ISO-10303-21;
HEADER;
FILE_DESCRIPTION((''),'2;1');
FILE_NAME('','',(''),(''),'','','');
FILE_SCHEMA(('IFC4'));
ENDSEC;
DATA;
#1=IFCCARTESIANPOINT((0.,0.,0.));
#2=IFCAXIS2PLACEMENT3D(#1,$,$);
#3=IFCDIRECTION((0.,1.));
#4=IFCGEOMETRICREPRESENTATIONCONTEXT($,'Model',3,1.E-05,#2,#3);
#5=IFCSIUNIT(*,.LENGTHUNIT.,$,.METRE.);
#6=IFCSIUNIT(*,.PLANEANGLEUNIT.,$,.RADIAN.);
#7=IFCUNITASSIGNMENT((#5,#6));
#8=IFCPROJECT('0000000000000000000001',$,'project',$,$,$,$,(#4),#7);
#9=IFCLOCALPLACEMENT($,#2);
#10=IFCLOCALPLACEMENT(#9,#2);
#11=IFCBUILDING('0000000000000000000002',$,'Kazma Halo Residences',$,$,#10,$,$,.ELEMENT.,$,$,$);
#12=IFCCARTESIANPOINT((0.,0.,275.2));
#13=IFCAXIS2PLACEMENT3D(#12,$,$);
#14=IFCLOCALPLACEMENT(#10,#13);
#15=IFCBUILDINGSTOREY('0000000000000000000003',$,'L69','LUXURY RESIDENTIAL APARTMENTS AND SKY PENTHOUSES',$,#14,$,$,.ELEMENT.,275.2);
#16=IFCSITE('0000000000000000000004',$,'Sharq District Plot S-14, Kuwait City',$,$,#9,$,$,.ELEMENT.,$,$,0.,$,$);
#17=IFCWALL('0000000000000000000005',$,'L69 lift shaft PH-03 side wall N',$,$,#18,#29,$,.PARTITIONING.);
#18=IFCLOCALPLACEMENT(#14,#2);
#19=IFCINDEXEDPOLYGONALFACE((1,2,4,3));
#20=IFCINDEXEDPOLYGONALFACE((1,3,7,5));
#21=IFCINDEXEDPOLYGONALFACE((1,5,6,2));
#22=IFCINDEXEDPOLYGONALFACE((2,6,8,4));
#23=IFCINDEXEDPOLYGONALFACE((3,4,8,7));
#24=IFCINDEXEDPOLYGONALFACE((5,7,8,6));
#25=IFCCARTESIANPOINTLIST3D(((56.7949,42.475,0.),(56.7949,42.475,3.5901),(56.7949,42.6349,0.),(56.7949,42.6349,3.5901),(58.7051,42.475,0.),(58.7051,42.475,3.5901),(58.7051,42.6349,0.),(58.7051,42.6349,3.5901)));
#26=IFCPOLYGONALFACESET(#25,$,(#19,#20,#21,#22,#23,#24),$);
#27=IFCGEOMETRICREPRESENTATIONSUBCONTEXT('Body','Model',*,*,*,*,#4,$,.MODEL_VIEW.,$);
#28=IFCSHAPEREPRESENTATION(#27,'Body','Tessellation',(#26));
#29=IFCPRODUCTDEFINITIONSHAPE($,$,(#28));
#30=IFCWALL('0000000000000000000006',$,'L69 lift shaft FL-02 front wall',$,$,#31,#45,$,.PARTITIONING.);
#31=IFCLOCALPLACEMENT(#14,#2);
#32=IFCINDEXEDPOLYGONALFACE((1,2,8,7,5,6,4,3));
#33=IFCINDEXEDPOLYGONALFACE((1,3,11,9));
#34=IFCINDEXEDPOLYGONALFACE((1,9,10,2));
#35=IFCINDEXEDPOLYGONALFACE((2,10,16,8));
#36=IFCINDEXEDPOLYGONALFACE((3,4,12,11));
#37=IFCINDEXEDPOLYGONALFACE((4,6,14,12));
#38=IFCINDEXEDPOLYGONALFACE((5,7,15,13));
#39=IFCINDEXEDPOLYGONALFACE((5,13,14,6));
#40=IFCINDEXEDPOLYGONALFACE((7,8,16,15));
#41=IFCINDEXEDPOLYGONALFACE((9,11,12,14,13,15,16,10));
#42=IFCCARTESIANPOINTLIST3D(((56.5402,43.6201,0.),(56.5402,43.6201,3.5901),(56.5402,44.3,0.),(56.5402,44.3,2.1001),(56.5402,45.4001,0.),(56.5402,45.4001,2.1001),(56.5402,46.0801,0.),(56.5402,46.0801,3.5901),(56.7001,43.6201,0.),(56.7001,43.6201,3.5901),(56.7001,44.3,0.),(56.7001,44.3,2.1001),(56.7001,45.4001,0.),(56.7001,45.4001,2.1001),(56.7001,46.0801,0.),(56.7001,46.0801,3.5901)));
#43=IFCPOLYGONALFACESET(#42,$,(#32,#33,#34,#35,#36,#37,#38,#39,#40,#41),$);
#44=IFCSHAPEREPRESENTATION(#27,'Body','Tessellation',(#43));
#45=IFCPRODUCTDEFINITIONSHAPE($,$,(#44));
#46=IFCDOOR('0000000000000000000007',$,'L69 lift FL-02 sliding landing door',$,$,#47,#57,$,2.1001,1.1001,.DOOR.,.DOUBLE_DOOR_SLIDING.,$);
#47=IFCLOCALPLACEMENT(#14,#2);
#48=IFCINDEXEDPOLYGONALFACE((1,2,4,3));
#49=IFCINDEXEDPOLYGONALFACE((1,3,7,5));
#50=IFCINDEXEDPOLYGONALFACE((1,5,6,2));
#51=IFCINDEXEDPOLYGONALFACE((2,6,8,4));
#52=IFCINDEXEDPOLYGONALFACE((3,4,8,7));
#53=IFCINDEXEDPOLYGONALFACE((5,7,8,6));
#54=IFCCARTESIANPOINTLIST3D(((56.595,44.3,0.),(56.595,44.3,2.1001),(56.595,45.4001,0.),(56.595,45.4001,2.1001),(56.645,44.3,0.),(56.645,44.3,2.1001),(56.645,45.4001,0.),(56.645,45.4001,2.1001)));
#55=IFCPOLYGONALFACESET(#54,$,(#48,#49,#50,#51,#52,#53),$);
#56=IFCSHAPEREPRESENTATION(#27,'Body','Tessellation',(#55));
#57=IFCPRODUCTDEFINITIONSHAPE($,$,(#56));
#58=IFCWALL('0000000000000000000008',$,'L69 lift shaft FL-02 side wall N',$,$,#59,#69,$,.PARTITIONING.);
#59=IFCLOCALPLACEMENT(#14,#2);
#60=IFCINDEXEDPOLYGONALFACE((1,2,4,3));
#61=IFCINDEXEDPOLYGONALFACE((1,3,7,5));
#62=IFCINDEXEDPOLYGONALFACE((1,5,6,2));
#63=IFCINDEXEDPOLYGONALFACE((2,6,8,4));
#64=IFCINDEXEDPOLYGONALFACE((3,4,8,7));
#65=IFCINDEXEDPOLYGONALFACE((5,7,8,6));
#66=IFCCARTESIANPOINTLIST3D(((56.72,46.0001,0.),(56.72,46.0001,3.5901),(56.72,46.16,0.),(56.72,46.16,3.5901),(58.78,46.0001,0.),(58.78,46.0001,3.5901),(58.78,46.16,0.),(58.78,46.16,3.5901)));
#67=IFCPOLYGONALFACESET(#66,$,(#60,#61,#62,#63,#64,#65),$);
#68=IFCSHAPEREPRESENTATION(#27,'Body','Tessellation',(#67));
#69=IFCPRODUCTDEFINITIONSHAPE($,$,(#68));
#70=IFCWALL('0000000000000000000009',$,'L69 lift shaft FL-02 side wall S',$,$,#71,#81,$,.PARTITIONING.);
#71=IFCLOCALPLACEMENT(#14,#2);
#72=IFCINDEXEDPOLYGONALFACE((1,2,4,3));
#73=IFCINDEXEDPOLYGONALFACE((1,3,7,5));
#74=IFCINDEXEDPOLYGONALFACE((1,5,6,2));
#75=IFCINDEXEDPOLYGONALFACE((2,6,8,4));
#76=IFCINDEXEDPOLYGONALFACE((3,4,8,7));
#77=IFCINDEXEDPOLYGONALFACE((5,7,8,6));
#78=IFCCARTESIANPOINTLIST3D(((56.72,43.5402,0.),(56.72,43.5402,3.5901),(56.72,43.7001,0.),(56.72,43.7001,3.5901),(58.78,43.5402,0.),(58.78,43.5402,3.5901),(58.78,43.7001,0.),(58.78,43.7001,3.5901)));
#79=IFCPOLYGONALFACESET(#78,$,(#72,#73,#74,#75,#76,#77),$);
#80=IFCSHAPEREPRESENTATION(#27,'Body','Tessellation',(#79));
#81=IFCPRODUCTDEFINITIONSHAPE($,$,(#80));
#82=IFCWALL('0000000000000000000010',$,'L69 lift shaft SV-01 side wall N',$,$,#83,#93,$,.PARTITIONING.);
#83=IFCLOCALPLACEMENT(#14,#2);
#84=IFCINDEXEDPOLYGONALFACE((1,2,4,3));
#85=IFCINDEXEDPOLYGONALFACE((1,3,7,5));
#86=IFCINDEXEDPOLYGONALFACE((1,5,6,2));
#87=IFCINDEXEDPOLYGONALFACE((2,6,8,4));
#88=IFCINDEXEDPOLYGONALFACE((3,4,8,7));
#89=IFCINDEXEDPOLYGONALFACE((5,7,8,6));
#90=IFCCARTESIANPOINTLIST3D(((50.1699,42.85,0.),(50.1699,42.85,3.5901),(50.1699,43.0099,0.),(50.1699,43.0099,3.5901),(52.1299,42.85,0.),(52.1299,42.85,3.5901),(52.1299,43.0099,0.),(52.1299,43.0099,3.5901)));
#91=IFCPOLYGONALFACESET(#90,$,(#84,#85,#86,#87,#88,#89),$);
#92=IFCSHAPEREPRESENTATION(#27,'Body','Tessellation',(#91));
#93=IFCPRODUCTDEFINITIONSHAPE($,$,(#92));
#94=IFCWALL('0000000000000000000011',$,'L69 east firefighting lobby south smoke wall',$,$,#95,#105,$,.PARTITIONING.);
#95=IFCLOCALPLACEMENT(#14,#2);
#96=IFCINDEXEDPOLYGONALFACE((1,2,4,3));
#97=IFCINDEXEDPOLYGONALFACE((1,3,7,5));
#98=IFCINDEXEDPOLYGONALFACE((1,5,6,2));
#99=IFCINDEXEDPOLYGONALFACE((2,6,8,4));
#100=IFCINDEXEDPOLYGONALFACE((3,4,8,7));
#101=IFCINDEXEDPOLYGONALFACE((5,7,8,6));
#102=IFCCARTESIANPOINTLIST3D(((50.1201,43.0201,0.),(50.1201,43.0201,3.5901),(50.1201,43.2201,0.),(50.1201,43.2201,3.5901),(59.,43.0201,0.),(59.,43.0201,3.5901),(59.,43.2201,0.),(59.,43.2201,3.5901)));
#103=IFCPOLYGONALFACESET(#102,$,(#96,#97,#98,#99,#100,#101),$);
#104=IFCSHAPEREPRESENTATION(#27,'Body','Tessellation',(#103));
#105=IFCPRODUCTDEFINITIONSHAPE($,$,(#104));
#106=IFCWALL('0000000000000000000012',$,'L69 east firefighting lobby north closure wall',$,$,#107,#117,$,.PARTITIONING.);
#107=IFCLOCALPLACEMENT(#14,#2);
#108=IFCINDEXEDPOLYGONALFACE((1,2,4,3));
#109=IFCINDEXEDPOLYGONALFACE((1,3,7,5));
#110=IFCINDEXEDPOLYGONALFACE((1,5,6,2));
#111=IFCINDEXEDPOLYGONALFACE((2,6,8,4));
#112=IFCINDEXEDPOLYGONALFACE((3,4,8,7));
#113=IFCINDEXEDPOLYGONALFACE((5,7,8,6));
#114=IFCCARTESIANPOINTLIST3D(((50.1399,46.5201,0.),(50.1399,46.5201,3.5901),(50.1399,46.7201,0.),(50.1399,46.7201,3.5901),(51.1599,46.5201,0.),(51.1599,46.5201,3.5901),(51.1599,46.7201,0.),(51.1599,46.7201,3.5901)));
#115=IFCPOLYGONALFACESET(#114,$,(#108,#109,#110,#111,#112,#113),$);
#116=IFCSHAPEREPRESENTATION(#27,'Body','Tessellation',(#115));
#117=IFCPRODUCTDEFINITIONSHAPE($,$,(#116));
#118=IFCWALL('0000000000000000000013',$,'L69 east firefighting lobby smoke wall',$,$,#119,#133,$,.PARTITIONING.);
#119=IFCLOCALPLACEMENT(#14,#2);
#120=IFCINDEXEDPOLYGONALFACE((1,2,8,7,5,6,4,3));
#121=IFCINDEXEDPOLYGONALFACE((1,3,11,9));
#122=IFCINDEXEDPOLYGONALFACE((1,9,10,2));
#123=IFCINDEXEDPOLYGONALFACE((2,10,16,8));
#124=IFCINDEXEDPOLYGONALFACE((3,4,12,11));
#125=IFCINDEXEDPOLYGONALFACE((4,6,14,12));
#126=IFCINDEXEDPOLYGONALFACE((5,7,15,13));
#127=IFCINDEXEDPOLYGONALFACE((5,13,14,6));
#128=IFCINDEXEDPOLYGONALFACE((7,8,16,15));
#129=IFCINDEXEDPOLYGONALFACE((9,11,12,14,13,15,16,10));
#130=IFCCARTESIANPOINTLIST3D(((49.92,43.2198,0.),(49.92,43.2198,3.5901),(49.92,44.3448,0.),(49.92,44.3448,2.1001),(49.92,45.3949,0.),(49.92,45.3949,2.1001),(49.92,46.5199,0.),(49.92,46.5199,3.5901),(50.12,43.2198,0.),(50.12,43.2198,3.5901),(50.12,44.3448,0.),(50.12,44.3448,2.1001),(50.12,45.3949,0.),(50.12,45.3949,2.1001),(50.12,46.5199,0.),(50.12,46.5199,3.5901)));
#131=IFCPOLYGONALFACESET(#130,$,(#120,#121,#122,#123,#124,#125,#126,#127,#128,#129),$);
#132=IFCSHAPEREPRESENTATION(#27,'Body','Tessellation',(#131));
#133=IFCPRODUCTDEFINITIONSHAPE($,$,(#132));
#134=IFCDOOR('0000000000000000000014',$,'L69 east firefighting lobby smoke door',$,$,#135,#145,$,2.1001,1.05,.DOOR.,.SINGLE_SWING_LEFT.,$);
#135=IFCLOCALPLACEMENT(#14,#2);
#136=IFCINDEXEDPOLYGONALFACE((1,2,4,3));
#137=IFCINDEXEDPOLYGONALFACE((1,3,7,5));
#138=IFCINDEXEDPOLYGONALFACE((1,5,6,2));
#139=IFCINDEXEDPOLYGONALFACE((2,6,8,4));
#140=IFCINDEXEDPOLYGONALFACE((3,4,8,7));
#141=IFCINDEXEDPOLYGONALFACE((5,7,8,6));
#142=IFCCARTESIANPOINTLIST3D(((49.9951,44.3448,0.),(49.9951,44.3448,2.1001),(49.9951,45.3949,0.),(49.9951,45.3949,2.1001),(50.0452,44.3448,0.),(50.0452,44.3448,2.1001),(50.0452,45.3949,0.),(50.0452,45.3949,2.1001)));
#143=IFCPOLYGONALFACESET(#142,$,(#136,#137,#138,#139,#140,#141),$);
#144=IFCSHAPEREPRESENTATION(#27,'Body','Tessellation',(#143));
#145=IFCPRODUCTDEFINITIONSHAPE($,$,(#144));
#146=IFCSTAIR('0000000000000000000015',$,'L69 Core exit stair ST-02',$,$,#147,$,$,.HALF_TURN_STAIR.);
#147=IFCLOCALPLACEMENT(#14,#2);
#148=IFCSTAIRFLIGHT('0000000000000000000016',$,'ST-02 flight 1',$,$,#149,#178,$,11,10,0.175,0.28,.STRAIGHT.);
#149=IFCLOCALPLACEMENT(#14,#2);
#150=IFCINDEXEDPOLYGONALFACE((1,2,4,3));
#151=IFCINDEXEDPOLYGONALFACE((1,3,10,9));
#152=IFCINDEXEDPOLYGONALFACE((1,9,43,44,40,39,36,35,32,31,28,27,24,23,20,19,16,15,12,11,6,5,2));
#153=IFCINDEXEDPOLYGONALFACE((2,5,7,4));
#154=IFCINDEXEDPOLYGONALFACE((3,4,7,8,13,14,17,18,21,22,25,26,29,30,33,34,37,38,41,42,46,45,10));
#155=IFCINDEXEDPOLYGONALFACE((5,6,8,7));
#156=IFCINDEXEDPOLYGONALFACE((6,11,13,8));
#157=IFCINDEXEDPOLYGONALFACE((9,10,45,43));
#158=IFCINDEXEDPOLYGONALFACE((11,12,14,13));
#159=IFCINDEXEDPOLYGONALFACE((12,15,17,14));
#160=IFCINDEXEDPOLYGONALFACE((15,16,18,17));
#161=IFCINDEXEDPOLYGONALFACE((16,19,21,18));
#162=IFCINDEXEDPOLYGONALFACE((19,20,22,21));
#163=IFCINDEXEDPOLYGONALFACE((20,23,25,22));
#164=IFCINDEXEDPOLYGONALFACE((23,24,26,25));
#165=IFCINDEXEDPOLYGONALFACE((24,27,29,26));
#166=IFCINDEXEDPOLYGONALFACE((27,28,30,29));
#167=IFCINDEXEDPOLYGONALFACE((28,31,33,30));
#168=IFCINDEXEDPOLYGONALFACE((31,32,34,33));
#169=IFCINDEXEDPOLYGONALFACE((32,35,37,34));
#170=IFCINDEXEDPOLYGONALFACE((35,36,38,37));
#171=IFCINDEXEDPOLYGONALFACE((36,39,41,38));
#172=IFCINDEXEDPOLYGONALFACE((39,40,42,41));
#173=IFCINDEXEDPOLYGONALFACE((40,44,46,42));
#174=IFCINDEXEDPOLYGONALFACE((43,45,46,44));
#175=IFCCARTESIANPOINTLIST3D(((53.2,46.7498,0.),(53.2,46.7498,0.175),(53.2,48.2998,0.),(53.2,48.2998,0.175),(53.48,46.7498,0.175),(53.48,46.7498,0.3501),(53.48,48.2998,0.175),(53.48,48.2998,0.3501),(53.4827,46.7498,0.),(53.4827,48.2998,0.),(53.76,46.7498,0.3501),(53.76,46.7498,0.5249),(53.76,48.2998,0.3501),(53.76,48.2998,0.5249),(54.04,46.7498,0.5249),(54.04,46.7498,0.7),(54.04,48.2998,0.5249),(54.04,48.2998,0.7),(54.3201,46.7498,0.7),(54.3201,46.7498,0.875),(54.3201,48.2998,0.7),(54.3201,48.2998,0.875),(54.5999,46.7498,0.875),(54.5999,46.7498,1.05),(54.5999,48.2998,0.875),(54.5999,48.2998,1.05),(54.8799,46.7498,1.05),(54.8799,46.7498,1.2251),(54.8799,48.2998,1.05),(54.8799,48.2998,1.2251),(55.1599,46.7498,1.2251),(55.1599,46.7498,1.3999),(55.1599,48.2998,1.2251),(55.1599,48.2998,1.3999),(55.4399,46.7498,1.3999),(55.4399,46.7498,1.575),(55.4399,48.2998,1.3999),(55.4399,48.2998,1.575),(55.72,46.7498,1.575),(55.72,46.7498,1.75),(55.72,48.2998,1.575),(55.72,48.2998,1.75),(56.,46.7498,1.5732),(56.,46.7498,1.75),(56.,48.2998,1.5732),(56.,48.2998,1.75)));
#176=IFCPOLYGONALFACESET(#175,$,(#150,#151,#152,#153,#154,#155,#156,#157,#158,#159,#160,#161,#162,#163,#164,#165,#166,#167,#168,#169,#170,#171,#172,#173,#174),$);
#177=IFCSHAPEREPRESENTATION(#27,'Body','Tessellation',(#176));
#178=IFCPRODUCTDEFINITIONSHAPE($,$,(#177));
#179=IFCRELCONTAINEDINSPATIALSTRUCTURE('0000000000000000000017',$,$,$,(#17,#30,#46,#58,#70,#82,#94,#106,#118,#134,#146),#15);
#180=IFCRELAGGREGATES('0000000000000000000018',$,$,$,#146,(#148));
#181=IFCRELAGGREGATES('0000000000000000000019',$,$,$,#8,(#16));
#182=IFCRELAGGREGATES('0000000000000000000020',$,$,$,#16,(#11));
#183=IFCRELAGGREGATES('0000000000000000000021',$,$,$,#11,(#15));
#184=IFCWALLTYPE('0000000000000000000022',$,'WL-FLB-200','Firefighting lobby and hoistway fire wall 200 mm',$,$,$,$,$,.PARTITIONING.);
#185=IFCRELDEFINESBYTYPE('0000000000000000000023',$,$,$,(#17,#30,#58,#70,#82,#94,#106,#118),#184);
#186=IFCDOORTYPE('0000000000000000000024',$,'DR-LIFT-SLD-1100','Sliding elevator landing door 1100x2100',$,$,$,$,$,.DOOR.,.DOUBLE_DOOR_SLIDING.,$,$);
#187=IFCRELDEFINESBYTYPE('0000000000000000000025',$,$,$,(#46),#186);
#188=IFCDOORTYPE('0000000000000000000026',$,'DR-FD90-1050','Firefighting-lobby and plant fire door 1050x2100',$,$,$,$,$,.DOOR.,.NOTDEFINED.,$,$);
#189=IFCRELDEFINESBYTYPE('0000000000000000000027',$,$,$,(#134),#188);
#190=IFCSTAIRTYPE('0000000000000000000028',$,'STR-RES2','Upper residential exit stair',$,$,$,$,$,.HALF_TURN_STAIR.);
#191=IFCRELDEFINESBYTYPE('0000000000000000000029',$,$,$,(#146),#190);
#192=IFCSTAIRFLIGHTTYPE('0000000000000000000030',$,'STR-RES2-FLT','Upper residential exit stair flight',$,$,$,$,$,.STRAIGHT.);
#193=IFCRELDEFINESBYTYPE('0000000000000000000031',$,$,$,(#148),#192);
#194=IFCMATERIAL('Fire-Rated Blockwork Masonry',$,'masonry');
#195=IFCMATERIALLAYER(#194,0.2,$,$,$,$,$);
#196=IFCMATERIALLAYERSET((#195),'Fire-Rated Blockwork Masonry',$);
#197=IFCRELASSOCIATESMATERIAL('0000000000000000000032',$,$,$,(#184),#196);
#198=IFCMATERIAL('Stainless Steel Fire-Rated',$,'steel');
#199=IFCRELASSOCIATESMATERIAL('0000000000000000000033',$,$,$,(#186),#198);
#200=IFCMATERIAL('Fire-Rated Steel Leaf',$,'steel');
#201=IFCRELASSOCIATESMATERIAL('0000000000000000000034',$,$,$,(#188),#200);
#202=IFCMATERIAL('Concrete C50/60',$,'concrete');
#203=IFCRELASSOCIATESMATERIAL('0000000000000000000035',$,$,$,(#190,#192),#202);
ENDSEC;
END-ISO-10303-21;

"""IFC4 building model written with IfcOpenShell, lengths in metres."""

from ifc_helpers import new_model, si_unit, direction, frame, frame_2d, origin, place, context, subcontext, project, spatial, polyline, rectangle, outline, extrude, material, layer, layer_set, type_object, element, fill, aggregate, save


model = new_model("IFC4")

# Units and contexts
model_context = context("Model", 3, precision=1e-05, world=origin(), true_north=direction((0.0, 1.0)))
body_context = subcontext(model_context, "Body", "Model", "MODEL_VIEW")
ifc_project = project(units=[si_unit("LENGTHUNIT", "METRE"), si_unit("PLANEANGLEUNIT", "RADIAN")], contexts=[model_context])

# Site, building, storey
site_placement = place(None, origin())
site = spatial("IfcSite", under=ifc_project, at=site_placement, Name="Sharq District Plot S-14, Kuwait City", CompositionType="ELEMENT", RefElevation=0.0)
building_placement = place(site_placement, origin())
building = spatial("IfcBuilding", under=site, at=building_placement, Name="Kazma Halo Residences", CompositionType="ELEMENT")
storey_placement = place(building_placement, frame((0.0, 0.0, 275.2)))
storey = spatial("IfcBuildingStorey", under=building, at=storey_placement, Name="L69", Description="LUXURY RESIDENTIAL APARTMENTS AND SKY PENTHOUSES", CompositionType="ELEMENT", Elevation=275.2)

# Wall
ifc_material_1 = material(Name="Fire-Rated Blockwork Masonry", Category="masonry")
ifc_layer_1 = layer(ifc_material_1, 0.2)
ifc_layer_set_1 = layer_set([ifc_layer_1], Name="Fire-Rated Blockwork Masonry")
wall_type_1 = type_object("IfcWallType", Name="WL-FLB-200", Description="Firefighting lobby and hoistway fire wall 200 mm", PredefinedType="PARTITIONING", material=ifc_layer_set_1)
wall_1_placement = place(storey_placement, frame((56.7949, 42.5549, 0.0), z_axis=(0.0, 0.0, 1.0), x_axis=(1.0, 0.0, 0.0)))
element("IfcWall", 1, at=wall_1_placement, inside=storey, type_object=wall_type_1, Name="L69 lift shaft PH-03 side wall N", PredefinedType="PARTITIONING", context=body_context, shape_type="SweptSolid", body=[
    extrude(rectangle(XDim=1.9102, YDim=0.1599, at=frame_2d((0.9551, 0.0))), origin(), (0.0, 0.0, 1.0), 3.5901),
])

# Wall, opening, door
wall_2_placement = place(storey_placement, frame((56.6201, 46.0801, 0.0), z_axis=(0.0, 0.0, 1.0), x_axis=(0.0, -1.0, 0.0)))
wall_2 = element("IfcWall", 2, at=wall_2_placement, inside=storey, type_object=wall_type_1, Name="L69 lift shaft FL-02 front wall", PredefinedType="PARTITIONING", context=body_context, shape_type="SweptSolid", body=[
    extrude(rectangle(XDim=2.46, YDim=0.1599, at=frame_2d((1.23, 0.0))), origin(), (0.0, 0.0, 1.0), 3.5901),
])
opening_1_placement = place(wall_2_placement, frame((0.6799, 0.0, 0.0)))
opening_1 = element("IfcOpeningElement", 3, at=opening_1_placement, cuts=wall_2, PredefinedType="OPENING", context=body_context, shape_type="SweptSolid", body=[
    extrude(rectangle(XDim=1.1001, YDim=2.1001, at=frame_2d((0.55, 1.05))), frame((0.0, 0.0898, 0.0), z_axis=(0.0, -1.0, 0.0), x_axis=(1.0, 0.0, 0.0)), (0.0, 0.0, 1.0), 0.1799),
])
ifc_material_2 = material(Name="Stainless Steel Fire-Rated", Category="steel")
door_type_1 = type_object("IfcDoorType", Name="DR-LIFT-SLD-1100", Description="Sliding elevator landing door 1100x2100", OperationType="DOUBLE_DOOR_SLIDING", PredefinedType="DOOR", material=ifc_material_2)
door_1_placement = place(opening_1_placement, origin())
door_1 = element("IfcDoor", 4, at=door_1_placement, inside=storey, type_object=door_type_1, Name="L69 lift FL-02 sliding landing door", OperationType="DOUBLE_DOOR_SLIDING", OverallHeight=2.1001, OverallWidth=1.1001, PredefinedType="DOOR", context=body_context, shape_type="SweptSolid", body=[
    extrude(rectangle(XDim=1.1001, YDim=2.1001, at=frame_2d((0.55, 1.05))), frame((0.0, 0.0249, 0.0), z_axis=(0.0, -1.0, 0.0), x_axis=(1.0, 0.0, 0.0)), (0.0, 0.0, 1.0), 0.05),
])
fill(opening_1, door_1)

# Walls
for number, where, z_axis, x_axis, name in (
    (5, (56.72, 46.0801, 0.0), (0.0, 0.0, 1.0), (1.0, 0.0, 0.0), "L69 lift shaft FL-02 side wall N"),
    (6, (56.72, 43.6201, 0.0), (0.0, 0.0, 1.0), (1.0, 0.0, 0.0), "L69 lift shaft FL-02 side wall S"),
):
    element("IfcWall", number, at=place(storey_placement, frame(where, z_axis=z_axis, x_axis=x_axis)), inside=storey, type_object=wall_type_1, Name=name, PredefinedType="PARTITIONING", context=body_context, shape_type="SweptSolid", body=[
        extrude(rectangle(XDim=2.0601, YDim=0.1599, at=frame_2d((1.03, 0.0))), origin(), (0.0, 0.0, 1.0), 3.5901),
    ])
wall_3_placement = place(storey_placement, frame((50.1699, 42.9299, 0.0), z_axis=(0.0, 0.0, 1.0), x_axis=(1.0, 0.0, 0.0)))
element("IfcWall", 7, at=wall_3_placement, inside=storey, type_object=wall_type_1, Name="L69 lift shaft SV-01 side wall N", PredefinedType="PARTITIONING", context=body_context, shape_type="SweptSolid", body=[
    extrude(rectangle(XDim=1.96, YDim=0.1599, at=frame_2d((0.98, 0.0))), origin(), (0.0, 0.0, 1.0), 3.5901),
])
wall_4_placement = place(storey_placement, frame((50.1201, 43.1201, 0.0), z_axis=(0.0, 0.0, 1.0), x_axis=(1.0, 0.0, 0.0)))
element("IfcWall", 8, at=wall_4_placement, inside=storey, type_object=wall_type_1, Name="L69 east firefighting lobby south smoke wall", PredefinedType="PARTITIONING", context=body_context, shape_type="SweptSolid", body=[
    extrude(rectangle(XDim=8.8799, YDim=0.2, at=frame_2d((4.4399, 0.0))), origin(), (0.0, 0.0, 1.0), 3.5901),
])
wall_5_placement = place(storey_placement, frame((50.1399, 46.6201, 0.0), z_axis=(0.0, 0.0, 1.0), x_axis=(1.0, 0.0, 0.0)))
element("IfcWall", 9, at=wall_5_placement, inside=storey, type_object=wall_type_1, Name="L69 east firefighting lobby north closure wall", PredefinedType="PARTITIONING", context=body_context, shape_type="SweptSolid", body=[
    extrude(rectangle(XDim=1.02, YDim=0.2, at=frame_2d((0.51, 0.0))), origin(), (0.0, 0.0, 1.0), 3.5901),
])

# Wall, opening, door
wall_6_placement = place(storey_placement, frame((50.02, 43.22, 0.0), z_axis=(0.0, 0.0, 1.0), x_axis=(0.0, 1.0, 0.0)))
wall_6 = element("IfcWall", 10, at=wall_6_placement, inside=storey, type_object=wall_type_1, Name="L69 east firefighting lobby smoke wall", PredefinedType="PARTITIONING", context=body_context, shape_type="SweptSolid", body=[
    extrude(rectangle(XDim=3.3, YDim=0.2, at=frame_2d((1.6499, 0.0))), origin(), (0.0, 0.0, 1.0), 3.5901),
])
opening_2_placement = place(wall_6_placement, frame((1.125, 0.0, 0.0)))
opening_2 = element("IfcOpeningElement", 11, at=opening_2_placement, cuts=wall_6, PredefinedType="OPENING", context=body_context, shape_type="SweptSolid", body=[
    extrude(rectangle(XDim=1.05, YDim=2.1001, at=frame_2d((0.5249, 1.05))), frame((0.0, 0.1099, 0.0), z_axis=(0.0, -1.0, 0.0), x_axis=(1.0, 0.0, 0.0)), (0.0, 0.0, 1.0), 0.22),
])
ifc_material_3 = material(Name="Fire-Rated Steel Leaf", Category="steel")
door_type_2 = type_object("IfcDoorType", Name="DR-FD90-1050", Description="Firefighting-lobby and plant fire door 1050x2100", OperationType="NOTDEFINED", PredefinedType="DOOR", material=ifc_material_3)
door_2_placement = place(opening_2_placement, origin())
door_2 = element("IfcDoor", 12, at=door_2_placement, inside=storey, type_object=door_type_2, Name="L69 east firefighting lobby smoke door", OperationType="SINGLE_SWING_LEFT", OverallHeight=2.1001, OverallWidth=1.05, PredefinedType="DOOR", context=body_context, shape_type="SweptSolid", body=[
    extrude(rectangle(XDim=1.05, YDim=2.1001, at=frame_2d((0.5249, 1.05))), frame((0.0, 0.0249, 0.0), z_axis=(0.0, -1.0, 0.0), x_axis=(1.0, 0.0, 0.0)), (0.0, 0.0, 1.0), 0.05),
])
fill(opening_2, door_2)
ifc_material_4 = material(Name="Concrete C50/60", Category="concrete")

# Stair, stair flight
stair_type = type_object("IfcStairType", Name="STR-RES2", Description="Upper residential exit stair", PredefinedType="HALF_TURN_STAIR", material=ifc_material_4)
stair_placement = place(storey_placement, origin())
stair = element("IfcStair", 13, at=stair_placement, inside=storey, type_object=stair_type, Name="L69 Core exit stair ST-02", PredefinedType="HALF_TURN_STAIR")
stair_flight_type = type_object("IfcStairFlightType", Name="STR-RES2-FLT", Description="Upper residential exit stair flight", PredefinedType="STRAIGHT", material=ifc_material_4)
stair_flight_1_placement = place(storey_placement, frame((53.2, 47.5249, 0.0), z_axis=(0.0, 0.0, 1.0), x_axis=(1.0, 0.0, 0.0)))
stair_flight_1 = element("IfcStairFlight", 14, at=stair_flight_1_placement, type_object=stair_flight_type, Name="ST-02 flight 1", NumberOfRisers=11, NumberOfTreads=10, PredefinedType="STRAIGHT", RiserHeight=0.175, TreadLength=0.28, context=body_context, shape_type="SweptSolid", body=[
    extrude(outline(polyline([(0.0, 0.0), (0.0, 0.175), (0.28, 0.175), (0.28, 0.3501), (0.5601, 0.3501), (0.5601, 0.5249), (0.8401, 0.5249), (0.8401, 0.7), (1.1201, 0.7), (1.1201, 0.875), (1.3999, 0.875), (1.3999, 1.05), (1.6799, 1.05), (1.6799, 1.2251), (1.96, 1.2251), (1.96, 1.3999), (2.24, 1.3999), (2.24, 1.575), (2.52, 1.575), (2.52, 1.75), (2.8, 1.75), (2.8, 1.925), (2.8, 1.5732), (0.2827, 0.0), (0.0, 0.0)])), frame((0.0, 0.7749, 0.0), z_axis=(0.0, -1.0, 0.0), x_axis=(1.0, 0.0, 0.0)), (0.0, 0.0, 1.0), 1.55),
])
aggregate(stair, [stair_flight_1])

save(model, "model.ifc")
